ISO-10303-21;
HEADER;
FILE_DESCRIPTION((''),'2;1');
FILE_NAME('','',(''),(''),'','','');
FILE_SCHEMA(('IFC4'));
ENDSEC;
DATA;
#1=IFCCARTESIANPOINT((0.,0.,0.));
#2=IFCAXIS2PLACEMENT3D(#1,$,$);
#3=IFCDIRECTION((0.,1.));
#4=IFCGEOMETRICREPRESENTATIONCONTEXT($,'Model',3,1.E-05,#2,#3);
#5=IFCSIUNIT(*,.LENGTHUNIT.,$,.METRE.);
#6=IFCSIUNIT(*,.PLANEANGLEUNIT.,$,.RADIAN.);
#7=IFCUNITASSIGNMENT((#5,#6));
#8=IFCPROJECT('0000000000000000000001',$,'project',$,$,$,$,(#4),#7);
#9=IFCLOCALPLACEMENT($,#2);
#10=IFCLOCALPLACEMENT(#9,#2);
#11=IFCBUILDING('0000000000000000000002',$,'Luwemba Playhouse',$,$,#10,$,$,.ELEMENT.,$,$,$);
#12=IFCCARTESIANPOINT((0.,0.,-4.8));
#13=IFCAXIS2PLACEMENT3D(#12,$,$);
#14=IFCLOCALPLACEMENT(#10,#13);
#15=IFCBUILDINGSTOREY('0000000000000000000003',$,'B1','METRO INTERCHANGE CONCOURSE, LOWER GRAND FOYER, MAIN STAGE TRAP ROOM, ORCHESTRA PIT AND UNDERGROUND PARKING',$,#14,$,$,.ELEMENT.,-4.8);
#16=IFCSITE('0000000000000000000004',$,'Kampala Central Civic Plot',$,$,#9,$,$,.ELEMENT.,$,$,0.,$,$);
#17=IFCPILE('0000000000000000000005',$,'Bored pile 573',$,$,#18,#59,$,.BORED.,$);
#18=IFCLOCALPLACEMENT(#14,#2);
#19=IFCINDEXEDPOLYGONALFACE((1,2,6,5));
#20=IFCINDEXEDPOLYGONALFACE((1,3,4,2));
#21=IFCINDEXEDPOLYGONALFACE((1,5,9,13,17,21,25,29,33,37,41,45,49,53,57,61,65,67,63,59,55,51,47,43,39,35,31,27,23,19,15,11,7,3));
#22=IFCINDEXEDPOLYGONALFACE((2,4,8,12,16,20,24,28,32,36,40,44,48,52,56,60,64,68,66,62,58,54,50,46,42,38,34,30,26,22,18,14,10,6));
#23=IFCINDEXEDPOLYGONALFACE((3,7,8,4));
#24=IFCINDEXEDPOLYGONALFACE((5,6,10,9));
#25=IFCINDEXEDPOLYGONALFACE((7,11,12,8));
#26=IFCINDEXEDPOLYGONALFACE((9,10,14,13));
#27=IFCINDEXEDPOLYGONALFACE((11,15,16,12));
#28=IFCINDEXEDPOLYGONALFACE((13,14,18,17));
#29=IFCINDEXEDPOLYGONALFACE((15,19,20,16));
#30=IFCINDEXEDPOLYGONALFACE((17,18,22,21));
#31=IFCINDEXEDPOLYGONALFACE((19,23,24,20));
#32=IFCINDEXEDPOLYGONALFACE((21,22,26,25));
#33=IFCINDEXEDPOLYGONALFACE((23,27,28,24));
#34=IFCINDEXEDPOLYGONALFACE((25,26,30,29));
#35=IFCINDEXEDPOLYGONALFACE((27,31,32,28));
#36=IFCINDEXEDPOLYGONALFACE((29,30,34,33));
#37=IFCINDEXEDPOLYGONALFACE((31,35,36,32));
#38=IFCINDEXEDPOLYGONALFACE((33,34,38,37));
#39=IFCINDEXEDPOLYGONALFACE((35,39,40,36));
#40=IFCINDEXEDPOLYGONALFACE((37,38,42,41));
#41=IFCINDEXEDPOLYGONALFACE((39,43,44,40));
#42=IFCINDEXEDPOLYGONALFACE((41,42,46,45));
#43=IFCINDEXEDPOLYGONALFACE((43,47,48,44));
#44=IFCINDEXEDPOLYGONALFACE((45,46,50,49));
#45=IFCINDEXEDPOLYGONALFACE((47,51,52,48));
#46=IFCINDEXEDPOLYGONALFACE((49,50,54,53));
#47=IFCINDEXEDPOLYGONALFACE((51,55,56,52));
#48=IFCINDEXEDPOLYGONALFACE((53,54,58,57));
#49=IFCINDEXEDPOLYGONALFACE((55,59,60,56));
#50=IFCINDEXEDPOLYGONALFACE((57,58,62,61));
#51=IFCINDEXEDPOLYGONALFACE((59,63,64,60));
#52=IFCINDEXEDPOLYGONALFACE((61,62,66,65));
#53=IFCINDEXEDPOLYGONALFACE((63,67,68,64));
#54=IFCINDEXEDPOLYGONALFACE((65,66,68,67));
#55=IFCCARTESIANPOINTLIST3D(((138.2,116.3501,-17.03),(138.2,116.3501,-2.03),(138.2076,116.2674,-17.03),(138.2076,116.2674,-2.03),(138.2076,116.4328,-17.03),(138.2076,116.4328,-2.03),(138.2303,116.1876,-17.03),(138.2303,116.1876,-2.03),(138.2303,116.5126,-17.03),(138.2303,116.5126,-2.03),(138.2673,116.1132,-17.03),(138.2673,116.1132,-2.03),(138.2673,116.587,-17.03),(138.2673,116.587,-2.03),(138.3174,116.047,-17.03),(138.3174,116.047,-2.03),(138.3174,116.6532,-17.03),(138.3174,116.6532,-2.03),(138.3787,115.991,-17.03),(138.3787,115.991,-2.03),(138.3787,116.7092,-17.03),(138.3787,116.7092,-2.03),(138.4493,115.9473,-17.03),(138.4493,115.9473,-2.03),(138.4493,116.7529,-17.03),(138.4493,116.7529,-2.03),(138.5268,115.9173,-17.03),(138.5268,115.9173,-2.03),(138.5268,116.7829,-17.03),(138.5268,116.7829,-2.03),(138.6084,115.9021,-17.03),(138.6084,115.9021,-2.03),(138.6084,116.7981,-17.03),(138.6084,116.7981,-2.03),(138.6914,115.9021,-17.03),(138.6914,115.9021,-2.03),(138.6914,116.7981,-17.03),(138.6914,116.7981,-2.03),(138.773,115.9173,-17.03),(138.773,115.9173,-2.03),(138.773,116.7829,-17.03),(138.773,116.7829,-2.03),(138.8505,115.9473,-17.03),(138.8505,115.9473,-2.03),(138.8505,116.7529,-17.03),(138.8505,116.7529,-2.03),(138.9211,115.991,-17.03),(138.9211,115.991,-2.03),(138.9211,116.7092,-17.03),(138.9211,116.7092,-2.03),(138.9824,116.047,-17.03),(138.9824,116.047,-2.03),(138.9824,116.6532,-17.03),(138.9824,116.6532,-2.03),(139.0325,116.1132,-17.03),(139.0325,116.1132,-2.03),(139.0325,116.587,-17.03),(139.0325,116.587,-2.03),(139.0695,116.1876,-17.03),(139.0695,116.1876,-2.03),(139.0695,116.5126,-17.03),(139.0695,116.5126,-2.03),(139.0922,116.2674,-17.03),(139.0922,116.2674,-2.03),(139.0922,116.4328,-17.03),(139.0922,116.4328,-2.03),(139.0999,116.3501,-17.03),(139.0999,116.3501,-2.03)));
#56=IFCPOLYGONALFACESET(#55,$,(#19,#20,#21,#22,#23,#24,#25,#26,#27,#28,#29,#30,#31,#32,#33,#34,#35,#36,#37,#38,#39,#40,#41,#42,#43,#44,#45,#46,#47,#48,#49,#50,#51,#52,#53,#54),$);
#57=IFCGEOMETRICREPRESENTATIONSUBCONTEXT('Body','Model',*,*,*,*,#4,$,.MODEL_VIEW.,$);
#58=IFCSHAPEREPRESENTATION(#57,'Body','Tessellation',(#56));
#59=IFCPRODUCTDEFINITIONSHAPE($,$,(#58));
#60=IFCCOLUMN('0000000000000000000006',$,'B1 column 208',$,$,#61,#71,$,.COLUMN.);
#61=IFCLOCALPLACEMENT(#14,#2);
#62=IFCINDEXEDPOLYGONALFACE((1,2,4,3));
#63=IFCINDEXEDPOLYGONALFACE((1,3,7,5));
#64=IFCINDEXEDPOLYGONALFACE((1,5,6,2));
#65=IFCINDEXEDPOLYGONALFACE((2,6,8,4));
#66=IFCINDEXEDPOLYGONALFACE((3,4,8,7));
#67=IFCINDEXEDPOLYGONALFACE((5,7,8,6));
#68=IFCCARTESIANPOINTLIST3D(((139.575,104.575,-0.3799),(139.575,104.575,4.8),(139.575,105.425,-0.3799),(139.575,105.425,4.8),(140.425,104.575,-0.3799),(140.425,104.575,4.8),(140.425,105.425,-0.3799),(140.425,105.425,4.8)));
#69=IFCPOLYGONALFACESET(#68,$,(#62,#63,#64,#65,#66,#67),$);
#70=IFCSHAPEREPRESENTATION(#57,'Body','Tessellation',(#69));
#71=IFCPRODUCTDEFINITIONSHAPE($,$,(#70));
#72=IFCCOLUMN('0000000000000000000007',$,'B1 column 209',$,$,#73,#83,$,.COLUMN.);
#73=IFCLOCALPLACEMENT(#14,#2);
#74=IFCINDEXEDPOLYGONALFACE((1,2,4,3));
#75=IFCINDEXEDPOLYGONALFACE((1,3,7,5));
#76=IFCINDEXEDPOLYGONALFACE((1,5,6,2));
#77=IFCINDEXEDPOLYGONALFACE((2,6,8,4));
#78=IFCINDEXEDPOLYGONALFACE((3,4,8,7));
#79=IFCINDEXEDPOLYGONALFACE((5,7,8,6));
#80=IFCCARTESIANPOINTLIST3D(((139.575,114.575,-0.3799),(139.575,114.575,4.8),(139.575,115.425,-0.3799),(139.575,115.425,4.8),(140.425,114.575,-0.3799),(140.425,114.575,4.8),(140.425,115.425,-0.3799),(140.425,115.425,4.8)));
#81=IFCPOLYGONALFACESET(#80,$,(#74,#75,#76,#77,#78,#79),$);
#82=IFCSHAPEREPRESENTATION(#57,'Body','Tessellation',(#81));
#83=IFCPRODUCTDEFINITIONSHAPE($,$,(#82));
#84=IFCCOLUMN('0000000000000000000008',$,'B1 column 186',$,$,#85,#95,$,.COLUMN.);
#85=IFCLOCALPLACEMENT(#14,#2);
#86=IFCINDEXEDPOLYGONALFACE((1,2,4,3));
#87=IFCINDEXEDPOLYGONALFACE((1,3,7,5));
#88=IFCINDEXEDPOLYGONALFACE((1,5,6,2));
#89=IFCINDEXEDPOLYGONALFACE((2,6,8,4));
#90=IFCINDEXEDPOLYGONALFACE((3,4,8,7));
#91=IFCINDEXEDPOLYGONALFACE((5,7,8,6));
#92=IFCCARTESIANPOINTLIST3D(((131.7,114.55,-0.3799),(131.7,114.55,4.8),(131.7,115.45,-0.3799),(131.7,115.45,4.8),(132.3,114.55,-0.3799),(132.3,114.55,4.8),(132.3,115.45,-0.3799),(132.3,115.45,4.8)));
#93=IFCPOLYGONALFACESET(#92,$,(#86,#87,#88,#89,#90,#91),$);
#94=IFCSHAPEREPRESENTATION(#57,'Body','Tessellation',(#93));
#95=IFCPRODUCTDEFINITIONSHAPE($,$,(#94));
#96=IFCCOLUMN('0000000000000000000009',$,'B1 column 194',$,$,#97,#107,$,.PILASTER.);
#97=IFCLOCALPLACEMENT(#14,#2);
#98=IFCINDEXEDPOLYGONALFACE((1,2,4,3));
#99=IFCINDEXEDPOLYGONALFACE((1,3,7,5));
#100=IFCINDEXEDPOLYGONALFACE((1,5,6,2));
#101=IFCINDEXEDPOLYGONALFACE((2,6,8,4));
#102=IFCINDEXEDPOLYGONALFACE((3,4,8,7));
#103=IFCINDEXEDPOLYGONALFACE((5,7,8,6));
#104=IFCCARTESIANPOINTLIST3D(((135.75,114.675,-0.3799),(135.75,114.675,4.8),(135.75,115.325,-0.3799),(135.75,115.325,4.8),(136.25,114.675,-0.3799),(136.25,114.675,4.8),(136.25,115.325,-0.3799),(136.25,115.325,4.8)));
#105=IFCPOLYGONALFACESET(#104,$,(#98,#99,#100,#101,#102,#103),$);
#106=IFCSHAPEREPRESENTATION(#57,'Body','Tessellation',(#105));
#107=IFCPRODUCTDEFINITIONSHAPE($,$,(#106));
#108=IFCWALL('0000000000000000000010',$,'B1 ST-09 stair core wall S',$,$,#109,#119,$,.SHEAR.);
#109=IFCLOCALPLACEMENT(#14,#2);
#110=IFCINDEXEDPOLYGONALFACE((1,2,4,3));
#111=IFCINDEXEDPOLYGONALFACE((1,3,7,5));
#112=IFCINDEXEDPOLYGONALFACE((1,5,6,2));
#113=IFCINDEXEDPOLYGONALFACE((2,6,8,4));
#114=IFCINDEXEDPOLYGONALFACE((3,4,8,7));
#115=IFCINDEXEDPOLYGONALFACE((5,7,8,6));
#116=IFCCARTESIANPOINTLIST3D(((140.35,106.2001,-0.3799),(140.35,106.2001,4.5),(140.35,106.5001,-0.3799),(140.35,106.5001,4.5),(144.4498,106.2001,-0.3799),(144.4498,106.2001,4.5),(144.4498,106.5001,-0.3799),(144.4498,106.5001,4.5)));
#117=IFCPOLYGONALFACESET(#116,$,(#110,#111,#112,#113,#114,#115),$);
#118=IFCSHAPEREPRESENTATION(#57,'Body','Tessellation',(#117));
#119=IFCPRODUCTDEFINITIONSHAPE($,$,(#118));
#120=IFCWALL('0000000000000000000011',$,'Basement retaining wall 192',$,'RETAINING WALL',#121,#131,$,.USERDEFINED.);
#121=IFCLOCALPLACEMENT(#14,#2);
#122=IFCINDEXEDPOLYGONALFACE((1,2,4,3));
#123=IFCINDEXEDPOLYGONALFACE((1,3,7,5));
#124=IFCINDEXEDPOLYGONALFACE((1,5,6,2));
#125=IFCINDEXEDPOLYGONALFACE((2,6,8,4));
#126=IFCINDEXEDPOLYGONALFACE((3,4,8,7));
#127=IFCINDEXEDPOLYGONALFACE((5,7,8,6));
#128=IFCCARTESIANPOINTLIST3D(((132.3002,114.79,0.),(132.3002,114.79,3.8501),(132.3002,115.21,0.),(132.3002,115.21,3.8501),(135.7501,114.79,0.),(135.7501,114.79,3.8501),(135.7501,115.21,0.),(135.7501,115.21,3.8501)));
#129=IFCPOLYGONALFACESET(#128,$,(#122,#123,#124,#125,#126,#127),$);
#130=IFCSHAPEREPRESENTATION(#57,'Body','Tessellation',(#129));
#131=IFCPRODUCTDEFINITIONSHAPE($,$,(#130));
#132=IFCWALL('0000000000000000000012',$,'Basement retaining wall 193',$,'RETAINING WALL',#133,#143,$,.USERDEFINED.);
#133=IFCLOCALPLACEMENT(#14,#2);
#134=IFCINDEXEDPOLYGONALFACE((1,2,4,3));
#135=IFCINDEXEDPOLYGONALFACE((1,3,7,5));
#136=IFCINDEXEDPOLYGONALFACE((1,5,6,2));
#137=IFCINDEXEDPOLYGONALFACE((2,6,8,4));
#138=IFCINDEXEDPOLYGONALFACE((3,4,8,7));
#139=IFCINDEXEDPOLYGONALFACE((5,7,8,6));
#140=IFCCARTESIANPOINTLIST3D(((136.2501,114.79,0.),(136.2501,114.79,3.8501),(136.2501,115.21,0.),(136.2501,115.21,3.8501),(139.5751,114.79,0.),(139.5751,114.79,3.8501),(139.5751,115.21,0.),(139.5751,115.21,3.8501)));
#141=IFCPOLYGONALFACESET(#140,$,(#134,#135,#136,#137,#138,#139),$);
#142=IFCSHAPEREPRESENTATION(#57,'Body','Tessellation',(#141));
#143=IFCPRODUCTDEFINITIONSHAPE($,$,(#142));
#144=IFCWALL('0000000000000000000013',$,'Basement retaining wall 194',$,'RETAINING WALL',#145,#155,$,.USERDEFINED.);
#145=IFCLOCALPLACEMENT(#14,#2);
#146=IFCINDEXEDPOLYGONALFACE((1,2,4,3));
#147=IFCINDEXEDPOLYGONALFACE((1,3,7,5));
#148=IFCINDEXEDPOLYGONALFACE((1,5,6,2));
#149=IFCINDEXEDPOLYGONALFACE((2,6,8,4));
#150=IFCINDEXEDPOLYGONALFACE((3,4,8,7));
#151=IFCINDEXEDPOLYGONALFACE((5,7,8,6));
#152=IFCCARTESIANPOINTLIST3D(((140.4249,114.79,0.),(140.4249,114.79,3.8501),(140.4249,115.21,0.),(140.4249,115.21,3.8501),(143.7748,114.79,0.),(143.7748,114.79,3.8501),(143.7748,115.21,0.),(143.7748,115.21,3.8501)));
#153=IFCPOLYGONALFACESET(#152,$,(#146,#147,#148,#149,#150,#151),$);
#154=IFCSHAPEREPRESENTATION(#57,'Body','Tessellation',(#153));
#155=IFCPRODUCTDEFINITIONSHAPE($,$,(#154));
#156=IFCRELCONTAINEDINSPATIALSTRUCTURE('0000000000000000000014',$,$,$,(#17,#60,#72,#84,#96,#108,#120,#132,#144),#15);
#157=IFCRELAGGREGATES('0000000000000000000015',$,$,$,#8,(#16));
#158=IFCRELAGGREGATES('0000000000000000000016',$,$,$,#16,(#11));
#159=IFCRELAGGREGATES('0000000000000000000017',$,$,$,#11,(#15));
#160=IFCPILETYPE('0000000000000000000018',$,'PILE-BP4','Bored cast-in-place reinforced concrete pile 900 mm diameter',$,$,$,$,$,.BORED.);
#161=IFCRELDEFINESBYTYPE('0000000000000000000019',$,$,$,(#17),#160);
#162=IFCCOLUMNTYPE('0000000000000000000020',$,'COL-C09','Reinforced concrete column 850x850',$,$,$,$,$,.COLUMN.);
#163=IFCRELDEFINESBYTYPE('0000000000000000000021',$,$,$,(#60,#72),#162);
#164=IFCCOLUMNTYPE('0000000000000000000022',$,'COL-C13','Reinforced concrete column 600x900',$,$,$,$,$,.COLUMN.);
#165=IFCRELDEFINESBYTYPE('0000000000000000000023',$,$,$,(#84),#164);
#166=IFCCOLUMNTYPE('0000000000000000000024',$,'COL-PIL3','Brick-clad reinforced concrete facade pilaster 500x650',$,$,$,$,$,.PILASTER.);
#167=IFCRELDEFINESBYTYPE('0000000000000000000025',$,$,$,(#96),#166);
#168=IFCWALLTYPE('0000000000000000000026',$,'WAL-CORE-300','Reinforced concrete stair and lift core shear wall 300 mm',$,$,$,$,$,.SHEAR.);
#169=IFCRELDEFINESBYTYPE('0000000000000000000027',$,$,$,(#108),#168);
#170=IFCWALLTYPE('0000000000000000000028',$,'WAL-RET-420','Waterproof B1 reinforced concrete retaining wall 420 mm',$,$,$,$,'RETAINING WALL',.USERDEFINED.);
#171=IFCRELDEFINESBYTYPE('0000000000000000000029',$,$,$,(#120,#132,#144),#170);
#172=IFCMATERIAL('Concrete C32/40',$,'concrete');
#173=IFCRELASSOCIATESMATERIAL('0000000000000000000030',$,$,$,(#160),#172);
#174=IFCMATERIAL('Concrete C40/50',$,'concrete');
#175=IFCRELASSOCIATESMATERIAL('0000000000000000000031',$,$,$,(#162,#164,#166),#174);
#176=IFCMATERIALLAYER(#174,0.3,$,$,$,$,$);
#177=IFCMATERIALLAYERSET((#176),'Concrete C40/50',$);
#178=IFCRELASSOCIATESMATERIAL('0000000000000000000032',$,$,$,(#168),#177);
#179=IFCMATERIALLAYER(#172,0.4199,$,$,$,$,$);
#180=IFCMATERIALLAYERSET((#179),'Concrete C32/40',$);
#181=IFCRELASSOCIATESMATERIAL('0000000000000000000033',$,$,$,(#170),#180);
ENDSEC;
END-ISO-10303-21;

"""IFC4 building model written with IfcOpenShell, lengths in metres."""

from ifc_helpers import new_model, si_unit, direction, frame, frame_2d, origin, origin_2d, place, context, subcontext, project, spatial, rectangle, circle, extrude, material, layer, layer_set, material_profile, profile_set, type_object, element, save


model = new_model("IFC4")

# Units and contexts
model_context = context("Model", 3, precision=1e-05, world=origin(), true_north=direction((0.0, 1.0)))
body_context = subcontext(model_context, "Body", "Model", "MODEL_VIEW")
ifc_project = project(units=[si_unit("LENGTHUNIT", "METRE"), si_unit("PLANEANGLEUNIT", "RADIAN")], contexts=[model_context])

# Site, building, storey
site_placement = place(None, origin())
site = spatial("IfcSite", under=ifc_project, at=site_placement, Name="Kampala Central Civic Plot", CompositionType="ELEMENT", RefElevation=0.0)
building_placement = place(site_placement, origin())
building = spatial("IfcBuilding", under=site, at=building_placement, Name="Luwemba Playhouse", CompositionType="ELEMENT")
storey_placement = place(building_placement, frame((0.0, 0.0, -4.8)))
storey = spatial("IfcBuildingStorey", under=building, at=storey_placement, Name="B1", Description="METRO INTERCHANGE CONCOURSE, LOWER GRAND FOYER, MAIN STAGE TRAP ROOM, ORCHESTRA PIT AND UNDERGROUND PARKING", CompositionType="ELEMENT", Elevation=-4.8)

# Shared definitions
ifc_material_1 = material(Name="Concrete C32/40", Category="concrete")

# Pile
ifc_material_profile_1 = material_profile(ifc_material_1, circle(Radius=0.45, at=origin_2d()))
ifc_profile_set_1 = profile_set([ifc_material_profile_1], Name="Concrete C32/40")
pile_type_1 = type_object("IfcPileType", Name="PILE-BP4", Description="Bored cast-in-place reinforced concrete pile 900 mm diameter", PredefinedType="BORED", material=ifc_profile_set_1)
for number, where, z_axis, x_axis, name in (
    (1, (138.6499, 116.3501, -2.03), (0.0, 0.0, -1.0), (1.0, 0.0, 0.0), "Bored pile 573"),
):
    element("IfcPile", number, at=place(storey_placement, frame(where, z_axis=z_axis, x_axis=x_axis)), inside=storey, type_object=pile_type_1, Name=name, PredefinedType="BORED", context=body_context, shape_type="SweptSolid", body=[
        extrude(circle(Radius=0.45, at=origin_2d()), origin(), (0.0, 0.0, 1.0), 15.0),
    ])

# Columns
ifc_material_2 = material(Name="Concrete C40/50", Category="concrete")
ifc_material_profile_2 = material_profile(ifc_material_2, rectangle(XDim=0.8501, YDim=0.8501, at=origin_2d()))
ifc_profile_set_2 = profile_set([ifc_material_profile_2], Name="Concrete C40/50")
column_type_1 = type_object("IfcColumnType", Name="COL-C09", Description="Reinforced concrete column 850x850", PredefinedType="COLUMN", material=ifc_profile_set_2)
for number, where, z_axis, x_axis, name in (
    (2, (140.0, 105.0, -0.3799), (0.0, 0.0, 1.0), (1.0, 0.0, 0.0), "B1 column 208"),
    (3, (140.0, 115.0, -0.3799), (0.0, 0.0, 1.0), (1.0, 0.0, 0.0), "B1 column 209"),
):
    element("IfcColumn", number, at=place(storey_placement, frame(where, z_axis=z_axis, x_axis=x_axis)), inside=storey, type_object=column_type_1, Name=name, PredefinedType="COLUMN", context=body_context, shape_type="SweptSolid", body=[
        extrude(rectangle(XDim=0.8501, YDim=0.8501, at=origin_2d()), origin(), (0.0, 0.0, 1.0), 5.1799),
    ])
ifc_material_profile_3 = material_profile(ifc_material_2, rectangle(XDim=0.6001, YDim=0.8999, at=origin_2d()))
ifc_profile_set_3 = profile_set([ifc_material_profile_3], Name="Concrete C40/50")
column_type_2 = type_object("IfcColumnType", Name="COL-C13", Description="Reinforced concrete column 600x900", PredefinedType="COLUMN", material=ifc_profile_set_3)
column_1_placement = place(storey_placement, frame((132.0, 115.0, -0.3799), z_axis=(0.0, 0.0, 1.0), x_axis=(1.0, 0.0, 0.0)))
element("IfcColumn", 4, at=column_1_placement, inside=storey, type_object=column_type_2, Name="B1 column 186", PredefinedType="COLUMN", context=body_context, shape_type="SweptSolid", body=[
    extrude(rectangle(XDim=0.6001, YDim=0.8999, at=origin_2d()), origin(), (0.0, 0.0, 1.0), 5.1799),
])
ifc_material_profile_4 = material_profile(ifc_material_2, rectangle(XDim=0.5, YDim=0.6499, at=origin_2d()))
ifc_profile_set_4 = profile_set([ifc_material_profile_4], Name="Concrete C40/50")
column_type_3 = type_object("IfcColumnType", Name="COL-PIL3", Description="Brick-clad reinforced concrete facade pilaster 500x650", PredefinedType="PILASTER", material=ifc_profile_set_4)
column_2_placement = place(storey_placement, frame((136.0, 115.0, -0.3799), z_axis=(0.0, 0.0, 1.0), x_axis=(1.0, 0.0, 0.0)))
element("IfcColumn", 5, at=column_2_placement, inside=storey, type_object=column_type_3, Name="B1 column 194", PredefinedType="PILASTER", context=body_context, shape_type="SweptSolid", body=[
    extrude(rectangle(XDim=0.5, YDim=0.6499, at=origin_2d()), origin(), (0.0, 0.0, 1.0), 5.1799),
])

# Walls
ifc_layer_1 = layer(ifc_material_2, 0.3)
ifc_layer_set_1 = layer_set([ifc_layer_1], Name="Concrete C40/50")
wall_type_1 = type_object("IfcWallType", Name="WAL-CORE-300", Description="Reinforced concrete stair and lift core shear wall 300 mm", PredefinedType="SHEAR", material=ifc_layer_set_1)
wall_1_placement = place(storey_placement, frame((140.3501, 106.3501, -0.3799), z_axis=(0.0, 0.0, 1.0), x_axis=(1.0, 0.0, 0.0)))
element("IfcWall", 6, at=wall_1_placement, inside=storey, type_object=wall_type_1, Name="B1 ST-09 stair core wall S", PredefinedType="SHEAR", context=body_context, shape_type="SweptSolid", body=[
    extrude(rectangle(XDim=4.0999, YDim=0.3, at=frame_2d((2.0498, 0.0))), origin(), (0.0, 0.0, 1.0), 4.8799),
])
ifc_layer_2 = layer(ifc_material_1, 0.4199)
ifc_layer_set_2 = layer_set([ifc_layer_2], Name="Concrete C32/40")
wall_type_2 = type_object("IfcWallType", Name="WAL-RET-420", Description="Waterproof B1 reinforced concrete retaining wall 420 mm", ElementType="RETAINING WALL", PredefinedType="USERDEFINED", material=ifc_layer_set_2)
wall_2_placement = place(storey_placement, frame((132.3, 115.0, 0.0), z_axis=(0.0, 0.0, 1.0), x_axis=(1.0, 0.0, 0.0)))
element("IfcWall", 7, at=wall_2_placement, inside=storey, type_object=wall_type_2, Name="Basement retaining wall 192", ObjectType="RETAINING WALL", PredefinedType="USERDEFINED", context=body_context, shape_type="SweptSolid", body=[
    extrude(rectangle(XDim=3.45, YDim=0.4199, at=frame_2d((1.7251, 0.0))), origin(), (0.0, 0.0, 1.0), 3.8501),
])
wall_3_placement = place(storey_placement, frame((136.25, 115.0, 0.0), z_axis=(0.0, 0.0, 1.0), x_axis=(1.0, 0.0, 0.0)))
element("IfcWall", 8, at=wall_3_placement, inside=storey, type_object=wall_type_2, Name="Basement retaining wall 193", ObjectType="RETAINING WALL", PredefinedType="USERDEFINED", context=body_context, shape_type="SweptSolid", body=[
    extrude(rectangle(XDim=3.325, YDim=0.4199, at=frame_2d((1.6626, 0.0))), origin(), (0.0, 0.0, 1.0), 3.8501),
])
wall_4_placement = place(storey_placement, frame((140.425, 115.0, 0.0), z_axis=(0.0, 0.0, 1.0), x_axis=(1.0, 0.0, 0.0)))
element("IfcWall", 9, at=wall_4_placement, inside=storey, type_object=wall_type_2, Name="Basement retaining wall 194", ObjectType="RETAINING WALL", PredefinedType="USERDEFINED", context=body_context, shape_type="SweptSolid", body=[
    extrude(rectangle(XDim=3.3499, YDim=0.4199, at=frame_2d((1.6748, 0.0))), origin(), (0.0, 0.0, 1.0), 3.8501),
])

save(model, "model.ifc")
